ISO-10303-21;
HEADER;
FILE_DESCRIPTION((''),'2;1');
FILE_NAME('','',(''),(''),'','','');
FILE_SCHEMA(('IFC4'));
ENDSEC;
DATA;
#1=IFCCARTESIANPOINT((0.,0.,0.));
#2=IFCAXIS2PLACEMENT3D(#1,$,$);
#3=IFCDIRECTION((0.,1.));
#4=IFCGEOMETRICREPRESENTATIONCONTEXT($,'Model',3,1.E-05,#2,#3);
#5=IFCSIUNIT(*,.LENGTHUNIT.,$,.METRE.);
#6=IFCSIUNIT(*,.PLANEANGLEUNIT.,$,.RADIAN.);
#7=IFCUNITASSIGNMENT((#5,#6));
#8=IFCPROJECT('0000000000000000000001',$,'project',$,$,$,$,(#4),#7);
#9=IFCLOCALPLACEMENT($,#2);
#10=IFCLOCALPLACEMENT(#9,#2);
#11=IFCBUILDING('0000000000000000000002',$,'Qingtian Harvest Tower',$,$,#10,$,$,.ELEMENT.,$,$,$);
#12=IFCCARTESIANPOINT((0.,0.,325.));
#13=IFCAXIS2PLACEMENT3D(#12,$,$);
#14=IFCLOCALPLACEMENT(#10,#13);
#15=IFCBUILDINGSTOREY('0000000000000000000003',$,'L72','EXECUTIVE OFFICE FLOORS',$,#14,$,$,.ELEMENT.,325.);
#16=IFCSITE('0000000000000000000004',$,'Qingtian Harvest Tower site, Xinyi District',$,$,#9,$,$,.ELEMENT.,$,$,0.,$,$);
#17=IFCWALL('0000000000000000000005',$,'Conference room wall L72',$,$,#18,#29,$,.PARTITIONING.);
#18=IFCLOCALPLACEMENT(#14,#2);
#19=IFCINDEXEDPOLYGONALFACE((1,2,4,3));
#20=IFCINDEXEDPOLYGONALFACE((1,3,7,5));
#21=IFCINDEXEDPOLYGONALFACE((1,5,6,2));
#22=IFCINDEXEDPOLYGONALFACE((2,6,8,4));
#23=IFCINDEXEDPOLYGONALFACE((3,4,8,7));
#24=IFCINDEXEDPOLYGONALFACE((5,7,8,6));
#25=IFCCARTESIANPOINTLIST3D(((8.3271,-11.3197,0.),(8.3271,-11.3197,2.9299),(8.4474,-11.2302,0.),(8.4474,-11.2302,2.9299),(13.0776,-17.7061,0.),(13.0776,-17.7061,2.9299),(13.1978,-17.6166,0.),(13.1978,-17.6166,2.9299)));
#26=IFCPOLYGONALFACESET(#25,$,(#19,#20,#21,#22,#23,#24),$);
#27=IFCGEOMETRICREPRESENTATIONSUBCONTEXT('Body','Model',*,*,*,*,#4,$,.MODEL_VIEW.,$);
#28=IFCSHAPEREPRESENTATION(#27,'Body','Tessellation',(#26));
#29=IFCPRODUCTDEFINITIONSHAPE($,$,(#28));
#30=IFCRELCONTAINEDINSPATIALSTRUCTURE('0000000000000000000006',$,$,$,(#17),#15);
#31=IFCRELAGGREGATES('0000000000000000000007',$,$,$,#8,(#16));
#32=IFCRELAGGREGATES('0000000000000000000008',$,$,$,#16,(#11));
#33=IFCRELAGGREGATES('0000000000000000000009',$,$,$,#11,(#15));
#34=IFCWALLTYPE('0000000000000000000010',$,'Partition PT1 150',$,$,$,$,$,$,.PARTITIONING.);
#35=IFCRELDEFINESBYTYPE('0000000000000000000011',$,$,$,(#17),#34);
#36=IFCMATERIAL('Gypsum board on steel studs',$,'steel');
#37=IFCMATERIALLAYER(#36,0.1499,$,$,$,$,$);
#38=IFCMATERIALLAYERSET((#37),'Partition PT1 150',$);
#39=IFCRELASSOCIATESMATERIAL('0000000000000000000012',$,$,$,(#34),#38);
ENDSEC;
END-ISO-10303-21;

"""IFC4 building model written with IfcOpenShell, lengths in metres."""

from ifc_helpers import new_model, si_unit, direction, frame, frame_2d, origin, place, context, subcontext, project, spatial, rectangle, extrude, material, layer, layer_set, type_object, element, save


model = new_model("IFC4")

# Units and contexts
model_context = context("Model", 3, precision=1e-05, world=origin(), true_north=direction((0.0, 1.0)))
body_context = subcontext(model_context, "Body", "Model", "MODEL_VIEW")
ifc_project = project(units=[si_unit("LENGTHUNIT", "METRE"), si_unit("PLANEANGLEUNIT", "RADIAN")], contexts=[model_context])

# Site, building, storey
site_placement = place(None, origin())
site = spatial("IfcSite", under=ifc_project, at=site_placement, Name="Qingtian Harvest Tower site, Xinyi District", CompositionType="ELEMENT", RefElevation=0.0)
building_placement = place(site_placement, origin())
building = spatial("IfcBuilding", under=site, at=building_placement, Name="Qingtian Harvest Tower", CompositionType="ELEMENT")
storey_placement = place(building_placement, frame((0.0, 0.0, 325.0)))
storey = spatial("IfcBuildingStorey", under=building, at=storey_placement, Name="L72", Description="EXECUTIVE OFFICE FLOORS", CompositionType="ELEMENT", Elevation=325.0)

# Shared definitions
ifc_material_1 = material(Name="Gypsum board on steel studs", Category="steel")
ifc_layer_1 = layer(ifc_material_1, 0.1499)
ifc_layer_set_1 = layer_set([ifc_layer_1], Name="Partition PT1 150")
wall_type = type_object("IfcWallType", Name="Partition PT1 150", PredefinedType="PARTITIONING", material=ifc_layer_set_1)

# Wall
wall_1_placement = place(storey_placement, frame((13.1377, -17.6614, 0.0), z_axis=(0.0, 0.0, 1.0), x_axis=(-0.59683, 0.802368, 0.0)))
element("IfcWall", 1, at=wall_1_placement, inside=storey, type_object=wall_type, Name="Conference room wall L72", PredefinedType="PARTITIONING", context=body_context, shape_type="SweptSolid", body=[
    extrude(rectangle(XDim=7.9595, YDim=0.1499, at=frame_2d((3.9797, 0.0))), origin(), (0.0, 0.0, 1.0), 2.9299),
])

save(model, "model.ifc")
